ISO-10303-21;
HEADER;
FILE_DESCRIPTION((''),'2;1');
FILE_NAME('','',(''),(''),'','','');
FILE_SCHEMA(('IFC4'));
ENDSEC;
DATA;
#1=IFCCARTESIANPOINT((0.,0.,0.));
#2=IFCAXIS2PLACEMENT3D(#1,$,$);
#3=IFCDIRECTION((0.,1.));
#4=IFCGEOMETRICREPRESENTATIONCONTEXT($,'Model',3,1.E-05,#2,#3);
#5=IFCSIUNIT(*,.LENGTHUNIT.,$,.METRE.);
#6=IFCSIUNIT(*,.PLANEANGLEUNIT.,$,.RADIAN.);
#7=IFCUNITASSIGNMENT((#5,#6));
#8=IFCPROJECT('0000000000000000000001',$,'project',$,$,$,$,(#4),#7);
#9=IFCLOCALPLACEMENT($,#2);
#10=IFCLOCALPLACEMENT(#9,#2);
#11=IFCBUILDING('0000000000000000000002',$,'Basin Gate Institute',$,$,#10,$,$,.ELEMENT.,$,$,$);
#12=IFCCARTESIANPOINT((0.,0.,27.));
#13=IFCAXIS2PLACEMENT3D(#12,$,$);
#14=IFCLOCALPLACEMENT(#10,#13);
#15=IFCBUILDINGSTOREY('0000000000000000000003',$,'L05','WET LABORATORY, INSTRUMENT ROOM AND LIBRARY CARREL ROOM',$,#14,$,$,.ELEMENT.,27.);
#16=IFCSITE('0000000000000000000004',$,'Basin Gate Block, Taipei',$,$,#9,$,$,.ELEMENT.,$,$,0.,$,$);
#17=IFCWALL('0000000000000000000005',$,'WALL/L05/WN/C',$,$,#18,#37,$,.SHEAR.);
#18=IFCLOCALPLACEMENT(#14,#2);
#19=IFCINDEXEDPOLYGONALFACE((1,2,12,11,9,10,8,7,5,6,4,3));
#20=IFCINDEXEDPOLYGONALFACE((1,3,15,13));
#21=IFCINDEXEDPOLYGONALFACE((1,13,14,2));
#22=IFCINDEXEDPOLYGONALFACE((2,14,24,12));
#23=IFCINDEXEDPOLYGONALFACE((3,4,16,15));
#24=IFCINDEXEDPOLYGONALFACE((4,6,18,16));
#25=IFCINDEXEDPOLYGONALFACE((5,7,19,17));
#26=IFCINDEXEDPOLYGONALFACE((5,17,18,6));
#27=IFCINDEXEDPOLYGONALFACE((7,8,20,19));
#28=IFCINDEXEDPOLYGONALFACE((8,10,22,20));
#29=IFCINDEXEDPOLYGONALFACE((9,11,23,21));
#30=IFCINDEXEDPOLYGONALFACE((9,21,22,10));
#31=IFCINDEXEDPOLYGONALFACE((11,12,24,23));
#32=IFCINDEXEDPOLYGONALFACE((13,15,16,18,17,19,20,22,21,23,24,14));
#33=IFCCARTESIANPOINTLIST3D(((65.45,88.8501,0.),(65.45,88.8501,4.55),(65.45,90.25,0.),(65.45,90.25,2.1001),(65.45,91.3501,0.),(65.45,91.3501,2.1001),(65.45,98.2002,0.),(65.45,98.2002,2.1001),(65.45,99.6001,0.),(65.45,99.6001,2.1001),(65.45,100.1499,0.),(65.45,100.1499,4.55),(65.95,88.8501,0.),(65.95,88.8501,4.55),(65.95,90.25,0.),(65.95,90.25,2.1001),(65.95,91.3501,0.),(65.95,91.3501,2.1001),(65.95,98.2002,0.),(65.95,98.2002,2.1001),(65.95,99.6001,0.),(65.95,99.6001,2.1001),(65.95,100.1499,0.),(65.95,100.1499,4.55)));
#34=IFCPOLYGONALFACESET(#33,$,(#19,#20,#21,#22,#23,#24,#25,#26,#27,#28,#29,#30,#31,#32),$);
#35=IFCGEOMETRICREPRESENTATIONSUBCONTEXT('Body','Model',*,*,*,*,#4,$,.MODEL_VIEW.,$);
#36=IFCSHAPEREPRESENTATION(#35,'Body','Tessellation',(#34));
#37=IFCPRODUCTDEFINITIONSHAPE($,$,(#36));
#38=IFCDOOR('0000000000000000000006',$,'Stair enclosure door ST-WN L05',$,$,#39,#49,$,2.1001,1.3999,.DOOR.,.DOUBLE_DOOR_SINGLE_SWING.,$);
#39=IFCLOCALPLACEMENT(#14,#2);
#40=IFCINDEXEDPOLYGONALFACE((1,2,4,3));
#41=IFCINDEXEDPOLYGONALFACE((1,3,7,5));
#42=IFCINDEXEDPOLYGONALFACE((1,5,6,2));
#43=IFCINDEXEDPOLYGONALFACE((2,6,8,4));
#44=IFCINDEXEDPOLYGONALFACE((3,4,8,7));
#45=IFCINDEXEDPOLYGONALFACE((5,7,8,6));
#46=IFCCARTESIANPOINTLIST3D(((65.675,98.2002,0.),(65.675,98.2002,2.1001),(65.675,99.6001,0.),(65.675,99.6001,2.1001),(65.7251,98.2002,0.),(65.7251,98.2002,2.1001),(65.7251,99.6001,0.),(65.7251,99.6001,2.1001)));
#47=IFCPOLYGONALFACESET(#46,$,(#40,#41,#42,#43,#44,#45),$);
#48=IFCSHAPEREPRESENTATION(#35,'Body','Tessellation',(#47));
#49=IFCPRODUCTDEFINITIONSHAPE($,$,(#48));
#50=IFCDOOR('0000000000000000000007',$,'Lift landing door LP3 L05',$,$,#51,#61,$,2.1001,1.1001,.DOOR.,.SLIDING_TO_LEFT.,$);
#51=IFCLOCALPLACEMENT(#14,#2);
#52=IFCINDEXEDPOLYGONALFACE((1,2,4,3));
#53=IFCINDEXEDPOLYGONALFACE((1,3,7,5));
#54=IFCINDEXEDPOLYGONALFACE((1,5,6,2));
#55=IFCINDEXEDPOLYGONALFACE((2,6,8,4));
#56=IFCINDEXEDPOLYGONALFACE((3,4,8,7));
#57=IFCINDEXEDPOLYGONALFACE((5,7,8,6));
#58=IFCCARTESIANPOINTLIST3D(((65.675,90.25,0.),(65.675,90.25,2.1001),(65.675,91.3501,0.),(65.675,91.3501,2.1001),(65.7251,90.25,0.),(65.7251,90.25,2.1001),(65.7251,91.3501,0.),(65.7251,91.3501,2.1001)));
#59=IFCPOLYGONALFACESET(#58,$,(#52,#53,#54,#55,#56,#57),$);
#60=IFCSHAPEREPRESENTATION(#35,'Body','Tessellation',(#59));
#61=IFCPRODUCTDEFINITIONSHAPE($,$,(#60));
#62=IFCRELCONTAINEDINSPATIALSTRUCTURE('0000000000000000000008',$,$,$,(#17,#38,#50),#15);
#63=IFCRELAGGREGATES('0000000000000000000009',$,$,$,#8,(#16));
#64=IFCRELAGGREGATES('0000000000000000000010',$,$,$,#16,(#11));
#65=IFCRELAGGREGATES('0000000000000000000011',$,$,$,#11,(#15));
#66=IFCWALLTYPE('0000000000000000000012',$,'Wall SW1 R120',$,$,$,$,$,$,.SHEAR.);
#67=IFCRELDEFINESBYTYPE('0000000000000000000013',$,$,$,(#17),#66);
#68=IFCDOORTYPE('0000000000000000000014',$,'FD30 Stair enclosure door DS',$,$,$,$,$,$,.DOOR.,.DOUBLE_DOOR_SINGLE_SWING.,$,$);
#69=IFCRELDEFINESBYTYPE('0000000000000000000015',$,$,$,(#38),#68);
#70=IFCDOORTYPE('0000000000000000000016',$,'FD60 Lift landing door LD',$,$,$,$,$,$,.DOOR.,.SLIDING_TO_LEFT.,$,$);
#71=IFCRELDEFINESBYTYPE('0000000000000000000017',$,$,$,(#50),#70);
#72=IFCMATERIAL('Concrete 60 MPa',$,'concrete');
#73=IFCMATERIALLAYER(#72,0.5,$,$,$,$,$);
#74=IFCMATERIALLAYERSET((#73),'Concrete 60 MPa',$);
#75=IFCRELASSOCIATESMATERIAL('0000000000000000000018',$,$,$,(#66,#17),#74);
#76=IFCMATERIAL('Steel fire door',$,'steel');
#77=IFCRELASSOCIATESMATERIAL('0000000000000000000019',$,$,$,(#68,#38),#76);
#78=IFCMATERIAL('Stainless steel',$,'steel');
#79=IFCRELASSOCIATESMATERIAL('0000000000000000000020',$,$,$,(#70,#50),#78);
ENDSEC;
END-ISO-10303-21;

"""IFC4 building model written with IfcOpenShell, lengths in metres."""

from ifc_helpers import new_model, si_unit, direction, frame, frame_2d, origin, place, context, subcontext, project, spatial, rectangle, extrude, material, layer, layer_set, type_object, element, fill, save


model = new_model("IFC4")

# Units and contexts
model_context = context("Model", 3, precision=1e-05, world=origin(), true_north=direction((0.0, 1.0)))
body_context = subcontext(model_context, "Body", "Model", "MODEL_VIEW")
ifc_project = project(units=[si_unit("LENGTHUNIT", "METRE"), si_unit("PLANEANGLEUNIT", "RADIAN")], contexts=[model_context])

# Site, building, storey
site_placement = place(None, origin())
site = spatial("IfcSite", under=ifc_project, at=site_placement, Name="Basin Gate Block, Taipei", CompositionType="ELEMENT", RefElevation=0.0)
building_placement = place(site_placement, origin())
building = spatial("IfcBuilding", under=site, at=building_placement, Name="Basin Gate Institute", CompositionType="ELEMENT")
storey_placement = place(building_placement, frame((0.0, 0.0, 27.0)))
storey = spatial("IfcBuildingStorey", under=building, at=storey_placement, Name="L05", Description="WET LABORATORY, INSTRUMENT ROOM AND LIBRARY CARREL ROOM", CompositionType="ELEMENT", Elevation=27.0)

# Wall, openings, doors
ifc_material_1 = material(Name="Concrete 60 MPa", Category="concrete")
ifc_layer_1 = layer(ifc_material_1, 0.5)
ifc_layer_set_1 = layer_set([ifc_layer_1], Name="Concrete 60 MPa")
wall_type_1 = type_object("IfcWallType", Name="Wall SW1 R120", PredefinedType="SHEAR", material=ifc_layer_set_1)
wall_1_placement = place(storey_placement, frame((65.7, 88.8501, 0.0), z_axis=(0.0, 0.0, 1.0), x_axis=(0.0, 1.0, 0.0)))
wall_1 = element("IfcWall", 1, at=wall_1_placement, inside=storey, type_object=wall_type_1, material=ifc_layer_set_1, Name="WALL/L05/WN/C", PredefinedType="SHEAR", context=body_context, shape_type="SweptSolid", body=[
    extrude(rectangle(XDim=11.2998, YDim=0.5, at=frame_2d((5.6499, 0.0))), origin(), (0.0, 0.0, 1.0), 4.55),
])
opening_1_placement = place(wall_1_placement, frame((9.3501, 0.0, 0.0)))
opening_1 = element("IfcOpeningElement", 2, at=opening_1_placement, cuts=wall_1, PredefinedType="OPENING", context=body_context, shape_type="SweptSolid", body=[
    extrude(rectangle(XDim=1.3999, YDim=2.1001, at=frame_2d((0.7, 1.05))), frame((0.0, 0.26, 0.0), z_axis=(0.0, -1.0, 0.0), x_axis=(1.0, 0.0, 0.0)), (0.0, 0.0, 1.0), 0.52),
])
opening_2_placement = place(wall_1_placement, frame((1.3999, 0.0, 0.0)))
opening_2 = element("IfcOpeningElement", 3, at=opening_2_placement, cuts=wall_1, PredefinedType="OPENING", context=body_context, shape_type="SweptSolid", body=[
    extrude(rectangle(XDim=1.1001, YDim=2.1001, at=frame_2d((0.55, 1.05))), frame((0.0, 0.26, 0.0), z_axis=(0.0, -1.0, 0.0), x_axis=(1.0, 0.0, 0.0)), (0.0, 0.0, 1.0), 0.52),
])
ifc_material_2 = material(Name="Steel fire door", Category="steel")
door_type_1 = type_object("IfcDoorType", Name="FD30 Stair enclosure door DS", OperationType="DOUBLE_DOOR_SINGLE_SWING", PredefinedType="DOOR", material=ifc_material_2)
door_1_placement = place(opening_1_placement, origin())
door_1 = element("IfcDoor", 4, at=door_1_placement, inside=storey, type_object=door_type_1, material=ifc_material_2, Name="Stair enclosure door ST-WN L05", OperationType="DOUBLE_DOOR_SINGLE_SWING", OverallHeight=2.1001, OverallWidth=1.3999, PredefinedType="DOOR", context=body_context, shape_type="SweptSolid", body=[
    extrude(rectangle(XDim=1.3999, YDim=2.1001, at=frame_2d((0.7, 1.05))), frame((0.0, 0.0249, 0.0), z_axis=(0.0, -1.0, 0.0), x_axis=(1.0, 0.0, 0.0)), (0.0, 0.0, 1.0), 0.05),
])
fill(opening_1, door_1)
ifc_material_3 = material(Name="Stainless steel", Category="steel")
door_type_2 = type_object("IfcDoorType", Name="FD60 Lift landing door LD", OperationType="SLIDING_TO_LEFT", PredefinedType="DOOR", material=ifc_material_3)
door_2_placement = place(opening_2_placement, origin())
door_2 = element("IfcDoor", 5, at=door_2_placement, inside=storey, type_object=door_type_2, material=ifc_material_3, Name="Lift landing door LP3 L05", OperationType="SLIDING_TO_LEFT", OverallHeight=2.1001, OverallWidth=1.1001, PredefinedType="DOOR", context=body_context, shape_type="SweptSolid", body=[
    extrude(rectangle(XDim=1.1001, YDim=2.1001, at=frame_2d((0.55, 1.05))), frame((0.0, 0.0249, 0.0), z_axis=(0.0, -1.0, 0.0), x_axis=(1.0, 0.0, 0.0)), (0.0, 0.0, 1.0), 0.05),
])
fill(opening_2, door_2)

save(model, "model.ifc")
